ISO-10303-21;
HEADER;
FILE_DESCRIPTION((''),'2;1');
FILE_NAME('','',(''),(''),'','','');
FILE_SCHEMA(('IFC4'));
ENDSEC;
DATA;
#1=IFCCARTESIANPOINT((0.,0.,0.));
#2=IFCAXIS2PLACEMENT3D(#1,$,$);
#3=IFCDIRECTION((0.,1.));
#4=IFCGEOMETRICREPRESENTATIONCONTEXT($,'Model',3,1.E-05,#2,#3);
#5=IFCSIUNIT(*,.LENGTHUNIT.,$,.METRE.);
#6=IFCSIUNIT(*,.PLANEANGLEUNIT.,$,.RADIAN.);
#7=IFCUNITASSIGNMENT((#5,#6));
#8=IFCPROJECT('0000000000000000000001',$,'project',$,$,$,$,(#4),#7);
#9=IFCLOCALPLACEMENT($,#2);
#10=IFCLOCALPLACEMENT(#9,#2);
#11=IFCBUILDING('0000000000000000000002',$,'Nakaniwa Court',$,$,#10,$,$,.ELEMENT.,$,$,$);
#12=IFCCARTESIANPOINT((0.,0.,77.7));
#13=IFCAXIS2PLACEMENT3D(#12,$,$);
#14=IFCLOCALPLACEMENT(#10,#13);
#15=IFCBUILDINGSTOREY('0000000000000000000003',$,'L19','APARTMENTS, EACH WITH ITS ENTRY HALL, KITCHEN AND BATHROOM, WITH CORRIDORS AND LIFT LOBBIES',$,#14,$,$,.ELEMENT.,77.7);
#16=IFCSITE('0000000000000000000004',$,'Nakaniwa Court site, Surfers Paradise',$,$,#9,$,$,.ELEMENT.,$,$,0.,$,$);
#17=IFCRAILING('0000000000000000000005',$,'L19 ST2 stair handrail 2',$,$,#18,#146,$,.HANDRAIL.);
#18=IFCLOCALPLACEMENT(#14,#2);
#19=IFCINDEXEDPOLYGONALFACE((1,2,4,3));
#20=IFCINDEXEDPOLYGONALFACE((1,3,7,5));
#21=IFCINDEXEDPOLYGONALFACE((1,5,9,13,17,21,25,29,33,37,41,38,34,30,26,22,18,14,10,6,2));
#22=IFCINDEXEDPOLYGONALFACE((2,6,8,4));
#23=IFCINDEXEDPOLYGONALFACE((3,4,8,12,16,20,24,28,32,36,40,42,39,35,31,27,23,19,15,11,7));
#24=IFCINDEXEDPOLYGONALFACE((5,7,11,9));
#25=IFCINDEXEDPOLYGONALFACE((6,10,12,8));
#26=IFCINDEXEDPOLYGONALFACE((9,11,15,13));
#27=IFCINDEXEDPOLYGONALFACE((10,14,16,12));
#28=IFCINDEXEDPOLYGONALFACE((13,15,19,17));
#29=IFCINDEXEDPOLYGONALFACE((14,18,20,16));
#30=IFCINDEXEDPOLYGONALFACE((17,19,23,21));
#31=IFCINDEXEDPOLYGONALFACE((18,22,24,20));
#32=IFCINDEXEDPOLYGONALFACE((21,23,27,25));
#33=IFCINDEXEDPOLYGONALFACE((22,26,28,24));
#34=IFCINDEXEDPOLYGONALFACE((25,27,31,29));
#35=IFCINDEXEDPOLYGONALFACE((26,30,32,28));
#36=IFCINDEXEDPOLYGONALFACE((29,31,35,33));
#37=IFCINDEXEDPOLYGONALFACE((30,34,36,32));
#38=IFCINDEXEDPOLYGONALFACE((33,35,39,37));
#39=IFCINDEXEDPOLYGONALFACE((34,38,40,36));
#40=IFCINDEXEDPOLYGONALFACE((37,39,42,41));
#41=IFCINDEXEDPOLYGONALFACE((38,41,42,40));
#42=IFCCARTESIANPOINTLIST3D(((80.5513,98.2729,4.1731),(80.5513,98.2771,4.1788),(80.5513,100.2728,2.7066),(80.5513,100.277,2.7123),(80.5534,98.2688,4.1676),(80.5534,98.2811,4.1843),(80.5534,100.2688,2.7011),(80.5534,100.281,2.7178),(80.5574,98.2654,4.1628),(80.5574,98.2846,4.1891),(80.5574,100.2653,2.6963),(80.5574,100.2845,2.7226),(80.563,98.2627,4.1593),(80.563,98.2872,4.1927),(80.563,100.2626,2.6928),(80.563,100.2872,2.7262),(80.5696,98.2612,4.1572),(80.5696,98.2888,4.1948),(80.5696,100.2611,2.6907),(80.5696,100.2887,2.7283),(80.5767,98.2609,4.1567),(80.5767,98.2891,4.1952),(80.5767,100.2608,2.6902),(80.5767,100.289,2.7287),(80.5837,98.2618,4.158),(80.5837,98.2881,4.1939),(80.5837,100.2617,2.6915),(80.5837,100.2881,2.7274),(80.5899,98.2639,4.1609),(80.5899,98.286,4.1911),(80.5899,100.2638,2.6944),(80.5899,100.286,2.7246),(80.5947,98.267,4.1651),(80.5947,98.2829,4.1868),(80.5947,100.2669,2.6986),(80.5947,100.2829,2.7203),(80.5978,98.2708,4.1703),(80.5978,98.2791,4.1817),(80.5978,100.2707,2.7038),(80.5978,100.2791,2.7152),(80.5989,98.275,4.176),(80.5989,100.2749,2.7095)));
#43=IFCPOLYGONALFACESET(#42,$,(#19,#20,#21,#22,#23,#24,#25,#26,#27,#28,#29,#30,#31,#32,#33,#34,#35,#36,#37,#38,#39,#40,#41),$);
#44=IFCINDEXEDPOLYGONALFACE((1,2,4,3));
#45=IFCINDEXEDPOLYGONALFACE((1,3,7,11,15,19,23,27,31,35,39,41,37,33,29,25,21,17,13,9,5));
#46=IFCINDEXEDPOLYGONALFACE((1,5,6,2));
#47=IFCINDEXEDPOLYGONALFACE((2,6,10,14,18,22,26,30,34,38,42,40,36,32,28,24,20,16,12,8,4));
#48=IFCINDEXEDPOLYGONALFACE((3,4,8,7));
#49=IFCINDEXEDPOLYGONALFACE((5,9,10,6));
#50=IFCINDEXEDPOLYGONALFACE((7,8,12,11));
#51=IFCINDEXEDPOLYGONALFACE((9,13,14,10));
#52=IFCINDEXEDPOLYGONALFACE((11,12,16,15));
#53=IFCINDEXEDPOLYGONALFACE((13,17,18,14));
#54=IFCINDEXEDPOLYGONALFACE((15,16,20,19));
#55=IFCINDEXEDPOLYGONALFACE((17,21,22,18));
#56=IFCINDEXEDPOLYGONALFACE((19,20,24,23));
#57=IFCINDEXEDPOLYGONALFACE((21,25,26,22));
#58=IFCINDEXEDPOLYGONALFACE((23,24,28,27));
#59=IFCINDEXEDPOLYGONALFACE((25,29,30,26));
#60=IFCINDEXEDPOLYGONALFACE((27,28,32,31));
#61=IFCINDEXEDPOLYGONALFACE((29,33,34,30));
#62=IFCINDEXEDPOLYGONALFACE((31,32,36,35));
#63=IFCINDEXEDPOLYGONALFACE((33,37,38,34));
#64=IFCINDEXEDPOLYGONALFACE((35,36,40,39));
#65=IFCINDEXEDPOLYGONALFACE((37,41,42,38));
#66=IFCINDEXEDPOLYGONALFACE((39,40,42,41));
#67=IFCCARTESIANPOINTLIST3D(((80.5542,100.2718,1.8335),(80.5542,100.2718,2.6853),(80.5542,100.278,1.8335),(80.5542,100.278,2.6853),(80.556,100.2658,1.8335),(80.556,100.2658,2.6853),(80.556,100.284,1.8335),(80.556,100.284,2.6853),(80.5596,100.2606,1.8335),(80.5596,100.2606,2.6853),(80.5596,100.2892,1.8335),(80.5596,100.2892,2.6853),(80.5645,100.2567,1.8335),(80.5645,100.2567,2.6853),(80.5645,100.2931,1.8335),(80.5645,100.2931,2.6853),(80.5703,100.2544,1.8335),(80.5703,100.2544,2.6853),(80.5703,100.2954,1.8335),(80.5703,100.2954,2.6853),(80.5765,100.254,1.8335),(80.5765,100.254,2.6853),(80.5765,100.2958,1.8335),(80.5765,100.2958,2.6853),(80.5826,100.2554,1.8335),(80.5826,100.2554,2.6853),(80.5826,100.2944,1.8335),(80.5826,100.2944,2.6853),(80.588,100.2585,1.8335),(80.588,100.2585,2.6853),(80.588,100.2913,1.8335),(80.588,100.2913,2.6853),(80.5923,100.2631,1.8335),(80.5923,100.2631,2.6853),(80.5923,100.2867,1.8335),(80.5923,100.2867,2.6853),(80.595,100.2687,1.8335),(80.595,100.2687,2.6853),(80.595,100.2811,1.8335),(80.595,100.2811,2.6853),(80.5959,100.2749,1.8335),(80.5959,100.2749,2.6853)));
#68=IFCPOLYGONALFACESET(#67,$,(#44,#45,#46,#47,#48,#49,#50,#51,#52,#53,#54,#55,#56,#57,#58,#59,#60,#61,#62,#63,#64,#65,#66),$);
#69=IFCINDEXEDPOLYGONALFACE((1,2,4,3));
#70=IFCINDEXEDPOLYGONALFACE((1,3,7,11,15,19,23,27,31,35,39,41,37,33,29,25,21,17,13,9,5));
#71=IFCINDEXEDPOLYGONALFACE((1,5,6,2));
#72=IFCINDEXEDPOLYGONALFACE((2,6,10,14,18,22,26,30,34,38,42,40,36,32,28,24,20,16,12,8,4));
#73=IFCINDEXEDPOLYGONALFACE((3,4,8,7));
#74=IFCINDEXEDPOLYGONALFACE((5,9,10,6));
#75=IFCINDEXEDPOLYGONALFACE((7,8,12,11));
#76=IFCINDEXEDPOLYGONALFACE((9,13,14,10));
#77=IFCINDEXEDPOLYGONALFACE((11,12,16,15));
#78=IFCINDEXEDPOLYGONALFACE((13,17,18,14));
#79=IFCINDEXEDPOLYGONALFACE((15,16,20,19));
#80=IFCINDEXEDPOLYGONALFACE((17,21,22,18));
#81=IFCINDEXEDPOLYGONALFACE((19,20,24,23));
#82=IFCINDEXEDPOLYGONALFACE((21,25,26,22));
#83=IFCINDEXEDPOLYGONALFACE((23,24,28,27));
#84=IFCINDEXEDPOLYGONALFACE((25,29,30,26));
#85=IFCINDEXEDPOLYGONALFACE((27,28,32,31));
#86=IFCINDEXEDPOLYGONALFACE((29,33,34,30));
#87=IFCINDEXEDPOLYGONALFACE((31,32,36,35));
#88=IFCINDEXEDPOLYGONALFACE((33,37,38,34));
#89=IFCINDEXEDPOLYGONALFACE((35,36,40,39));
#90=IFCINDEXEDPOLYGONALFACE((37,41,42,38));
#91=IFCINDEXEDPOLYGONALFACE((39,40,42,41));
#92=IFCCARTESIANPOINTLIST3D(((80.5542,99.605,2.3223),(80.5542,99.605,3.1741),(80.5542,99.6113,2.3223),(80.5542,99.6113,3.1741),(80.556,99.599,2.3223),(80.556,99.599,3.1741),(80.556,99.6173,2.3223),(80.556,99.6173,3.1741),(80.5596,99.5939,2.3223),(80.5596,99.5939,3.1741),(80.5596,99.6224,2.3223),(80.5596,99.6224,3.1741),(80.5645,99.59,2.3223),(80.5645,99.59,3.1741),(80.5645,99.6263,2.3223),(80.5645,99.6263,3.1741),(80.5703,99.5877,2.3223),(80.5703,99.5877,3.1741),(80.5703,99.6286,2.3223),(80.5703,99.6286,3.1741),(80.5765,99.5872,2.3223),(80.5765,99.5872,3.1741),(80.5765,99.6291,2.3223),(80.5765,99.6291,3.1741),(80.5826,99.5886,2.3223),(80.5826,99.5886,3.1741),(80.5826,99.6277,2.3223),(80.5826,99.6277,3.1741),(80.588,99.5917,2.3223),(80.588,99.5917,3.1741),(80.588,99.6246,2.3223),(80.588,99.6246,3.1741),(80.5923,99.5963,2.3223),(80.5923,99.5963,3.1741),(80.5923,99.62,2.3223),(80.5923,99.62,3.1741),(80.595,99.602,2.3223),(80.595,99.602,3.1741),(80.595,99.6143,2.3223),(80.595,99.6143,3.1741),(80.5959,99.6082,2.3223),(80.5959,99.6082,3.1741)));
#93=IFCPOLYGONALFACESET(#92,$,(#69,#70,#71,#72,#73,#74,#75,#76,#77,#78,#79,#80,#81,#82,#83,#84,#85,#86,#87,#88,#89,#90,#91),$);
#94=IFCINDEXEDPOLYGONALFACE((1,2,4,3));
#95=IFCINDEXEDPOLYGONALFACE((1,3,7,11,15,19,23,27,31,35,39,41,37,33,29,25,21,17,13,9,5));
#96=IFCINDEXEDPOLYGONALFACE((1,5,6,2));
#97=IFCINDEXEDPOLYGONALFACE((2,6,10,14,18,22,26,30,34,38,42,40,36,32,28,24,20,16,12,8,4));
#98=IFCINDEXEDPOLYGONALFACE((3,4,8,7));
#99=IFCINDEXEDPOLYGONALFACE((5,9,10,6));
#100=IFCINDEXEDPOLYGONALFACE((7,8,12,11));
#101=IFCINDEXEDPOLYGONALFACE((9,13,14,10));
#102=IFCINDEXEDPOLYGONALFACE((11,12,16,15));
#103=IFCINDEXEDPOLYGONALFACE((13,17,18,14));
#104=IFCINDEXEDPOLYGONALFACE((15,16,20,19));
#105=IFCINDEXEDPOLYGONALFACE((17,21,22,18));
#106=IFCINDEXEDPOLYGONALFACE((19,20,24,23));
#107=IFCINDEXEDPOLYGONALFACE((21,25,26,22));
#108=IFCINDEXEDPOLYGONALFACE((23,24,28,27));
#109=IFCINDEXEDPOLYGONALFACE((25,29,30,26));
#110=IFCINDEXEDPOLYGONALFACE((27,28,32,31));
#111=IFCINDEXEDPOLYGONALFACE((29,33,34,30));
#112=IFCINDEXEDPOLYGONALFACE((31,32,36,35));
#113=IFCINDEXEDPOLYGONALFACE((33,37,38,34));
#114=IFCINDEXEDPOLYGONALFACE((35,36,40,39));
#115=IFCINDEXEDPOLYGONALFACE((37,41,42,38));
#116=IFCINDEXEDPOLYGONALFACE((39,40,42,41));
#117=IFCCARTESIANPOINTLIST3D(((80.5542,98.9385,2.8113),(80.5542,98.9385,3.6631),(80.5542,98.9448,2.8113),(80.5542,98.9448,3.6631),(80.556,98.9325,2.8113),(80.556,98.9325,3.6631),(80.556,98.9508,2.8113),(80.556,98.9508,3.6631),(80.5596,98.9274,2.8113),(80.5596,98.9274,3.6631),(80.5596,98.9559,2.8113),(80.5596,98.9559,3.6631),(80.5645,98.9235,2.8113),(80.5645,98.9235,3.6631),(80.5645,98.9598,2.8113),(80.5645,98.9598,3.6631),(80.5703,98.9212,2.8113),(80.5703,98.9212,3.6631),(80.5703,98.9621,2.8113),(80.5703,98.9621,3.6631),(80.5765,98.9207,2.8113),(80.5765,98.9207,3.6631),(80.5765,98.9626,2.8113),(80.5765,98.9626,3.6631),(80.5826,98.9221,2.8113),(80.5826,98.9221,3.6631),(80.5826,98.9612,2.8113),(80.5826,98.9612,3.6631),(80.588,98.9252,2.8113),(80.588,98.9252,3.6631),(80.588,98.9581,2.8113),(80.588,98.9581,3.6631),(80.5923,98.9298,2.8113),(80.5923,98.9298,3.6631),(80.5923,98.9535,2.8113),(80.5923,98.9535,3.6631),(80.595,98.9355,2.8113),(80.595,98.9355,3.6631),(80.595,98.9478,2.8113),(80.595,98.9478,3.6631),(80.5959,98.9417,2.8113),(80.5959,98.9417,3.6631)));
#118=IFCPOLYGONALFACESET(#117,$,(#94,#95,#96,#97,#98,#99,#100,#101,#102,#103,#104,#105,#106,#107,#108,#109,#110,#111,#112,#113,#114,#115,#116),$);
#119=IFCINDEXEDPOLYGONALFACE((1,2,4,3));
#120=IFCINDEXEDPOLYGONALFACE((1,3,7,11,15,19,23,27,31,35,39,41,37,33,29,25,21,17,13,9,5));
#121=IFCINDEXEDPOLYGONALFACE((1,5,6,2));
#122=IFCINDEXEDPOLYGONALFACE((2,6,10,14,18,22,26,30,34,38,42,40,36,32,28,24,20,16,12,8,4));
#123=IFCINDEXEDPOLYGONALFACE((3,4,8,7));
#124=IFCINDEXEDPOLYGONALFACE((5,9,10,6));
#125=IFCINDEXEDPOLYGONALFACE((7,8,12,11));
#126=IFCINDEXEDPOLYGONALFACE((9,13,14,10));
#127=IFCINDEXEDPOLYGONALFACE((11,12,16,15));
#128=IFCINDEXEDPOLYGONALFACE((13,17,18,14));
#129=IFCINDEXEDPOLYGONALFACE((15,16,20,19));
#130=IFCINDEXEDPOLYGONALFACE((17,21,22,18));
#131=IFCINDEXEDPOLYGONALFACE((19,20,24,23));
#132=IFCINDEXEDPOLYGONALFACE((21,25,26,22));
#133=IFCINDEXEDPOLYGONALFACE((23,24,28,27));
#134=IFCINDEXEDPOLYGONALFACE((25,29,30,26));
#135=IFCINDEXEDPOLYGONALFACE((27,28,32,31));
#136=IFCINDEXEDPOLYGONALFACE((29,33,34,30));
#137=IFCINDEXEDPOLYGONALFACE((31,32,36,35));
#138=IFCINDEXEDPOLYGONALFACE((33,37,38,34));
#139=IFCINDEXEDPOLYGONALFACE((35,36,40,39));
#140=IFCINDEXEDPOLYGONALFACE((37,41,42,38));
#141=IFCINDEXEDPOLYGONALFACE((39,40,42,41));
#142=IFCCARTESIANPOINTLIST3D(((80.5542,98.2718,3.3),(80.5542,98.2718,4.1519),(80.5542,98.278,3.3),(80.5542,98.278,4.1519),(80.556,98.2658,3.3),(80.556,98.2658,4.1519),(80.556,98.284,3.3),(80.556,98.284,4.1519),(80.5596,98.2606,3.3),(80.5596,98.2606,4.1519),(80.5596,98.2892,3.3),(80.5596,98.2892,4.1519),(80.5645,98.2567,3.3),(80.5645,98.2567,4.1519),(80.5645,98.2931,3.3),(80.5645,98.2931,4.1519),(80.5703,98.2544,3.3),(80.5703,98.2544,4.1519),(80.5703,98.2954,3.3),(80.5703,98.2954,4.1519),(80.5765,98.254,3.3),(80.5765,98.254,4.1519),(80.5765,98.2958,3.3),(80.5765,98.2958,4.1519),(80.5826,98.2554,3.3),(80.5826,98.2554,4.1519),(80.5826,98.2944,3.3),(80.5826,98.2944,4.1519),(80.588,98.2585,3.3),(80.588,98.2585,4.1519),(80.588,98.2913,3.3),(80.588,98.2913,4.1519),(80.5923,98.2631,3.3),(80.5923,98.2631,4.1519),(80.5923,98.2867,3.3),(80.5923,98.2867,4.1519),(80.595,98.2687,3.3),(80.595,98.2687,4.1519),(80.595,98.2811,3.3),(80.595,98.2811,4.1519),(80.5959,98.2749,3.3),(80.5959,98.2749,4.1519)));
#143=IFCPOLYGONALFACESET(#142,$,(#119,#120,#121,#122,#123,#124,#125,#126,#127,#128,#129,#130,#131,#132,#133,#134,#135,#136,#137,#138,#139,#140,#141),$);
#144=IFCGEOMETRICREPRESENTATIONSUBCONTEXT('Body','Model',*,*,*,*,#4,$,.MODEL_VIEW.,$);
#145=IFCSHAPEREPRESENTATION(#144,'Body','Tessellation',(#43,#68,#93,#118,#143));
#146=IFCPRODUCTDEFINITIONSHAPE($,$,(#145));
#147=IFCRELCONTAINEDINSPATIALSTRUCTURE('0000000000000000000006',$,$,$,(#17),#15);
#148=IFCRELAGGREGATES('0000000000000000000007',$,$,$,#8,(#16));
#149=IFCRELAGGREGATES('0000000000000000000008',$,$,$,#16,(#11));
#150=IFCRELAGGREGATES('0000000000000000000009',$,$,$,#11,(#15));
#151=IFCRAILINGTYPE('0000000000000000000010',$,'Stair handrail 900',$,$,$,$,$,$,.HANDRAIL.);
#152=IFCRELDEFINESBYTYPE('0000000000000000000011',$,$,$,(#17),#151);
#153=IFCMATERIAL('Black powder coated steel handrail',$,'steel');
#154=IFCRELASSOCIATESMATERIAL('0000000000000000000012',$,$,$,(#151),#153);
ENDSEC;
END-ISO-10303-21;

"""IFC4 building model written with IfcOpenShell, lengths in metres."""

from ifc_helpers import new_model, si_unit, direction, frame, origin, origin_2d, place, context, subcontext, project, spatial, circle, extrude, material, type_object, element, save


model = new_model("IFC4")

# Units and contexts
model_context = context("Model", 3, precision=1e-05, world=origin(), true_north=direction((0.0, 1.0)))
body_context = subcontext(model_context, "Body", "Model", "MODEL_VIEW")
ifc_project = project(units=[si_unit("LENGTHUNIT", "METRE"), si_unit("PLANEANGLEUNIT", "RADIAN")], contexts=[model_context])

# Site, building, storey
site_placement = place(None, origin())
site = spatial("IfcSite", under=ifc_project, at=site_placement, Name="Nakaniwa Court site, Surfers Paradise", CompositionType="ELEMENT", RefElevation=0.0)
building_placement = place(site_placement, origin())
building = spatial("IfcBuilding", under=site, at=building_placement, Name="Nakaniwa Court", CompositionType="ELEMENT")
storey_placement = place(building_placement, frame((0.0, 0.0, 77.7)))
storey = spatial("IfcBuildingStorey", under=building, at=storey_placement, Name="L19", Description="APARTMENTS, EACH WITH ITS ENTRY HALL, KITCHEN AND BATHROOM, WITH CORRIDORS AND LIFT LOBBIES", CompositionType="ELEMENT", Elevation=77.7)

# Railing
ifc_material_1 = material(Name="Black powder coated steel handrail", Category="steel")
railing_type_1 = type_object("IfcRailingType", Name="Stair handrail 900", PredefinedType="HANDRAIL", material=ifc_material_1)
railing_1_placement = place(storey_placement, frame((80.575, 100.2749, 1.8335)))
element("IfcRailing", 1, at=railing_1_placement, inside=storey, type_object=railing_type_1, Name="L19 ST2 stair handrail 2", PredefinedType="HANDRAIL", context=body_context, shape_type="SweptSolid", body=[
    extrude(circle(Radius=0.0239, at=origin_2d()), frame((0.0, 0.0, 0.876), z_axis=(0.0, -0.806427, 0.591334), x_axis=(1.0, 0.0, 0.0)), (0.0, 0.0, 1.0), 2.48),
    extrude(circle(Radius=0.021, at=origin_2d()), origin(), (0.0, 0.0, 1.0), 0.8518),
    extrude(circle(Radius=0.021, at=origin_2d()), frame((0.0, -0.6667, 0.4888)), (0.0, 0.0, 1.0), 0.8518),
    extrude(circle(Radius=0.021, at=origin_2d()), frame((0.0, -1.3333, 0.9778)), (0.0, 0.0, 1.0), 0.8518),
    extrude(circle(Radius=0.021, at=origin_2d()), frame((0.0, -2.0, 1.4666)), (0.0, 0.0, 1.0), 0.8518),
])

save(model, "model.ifc")
